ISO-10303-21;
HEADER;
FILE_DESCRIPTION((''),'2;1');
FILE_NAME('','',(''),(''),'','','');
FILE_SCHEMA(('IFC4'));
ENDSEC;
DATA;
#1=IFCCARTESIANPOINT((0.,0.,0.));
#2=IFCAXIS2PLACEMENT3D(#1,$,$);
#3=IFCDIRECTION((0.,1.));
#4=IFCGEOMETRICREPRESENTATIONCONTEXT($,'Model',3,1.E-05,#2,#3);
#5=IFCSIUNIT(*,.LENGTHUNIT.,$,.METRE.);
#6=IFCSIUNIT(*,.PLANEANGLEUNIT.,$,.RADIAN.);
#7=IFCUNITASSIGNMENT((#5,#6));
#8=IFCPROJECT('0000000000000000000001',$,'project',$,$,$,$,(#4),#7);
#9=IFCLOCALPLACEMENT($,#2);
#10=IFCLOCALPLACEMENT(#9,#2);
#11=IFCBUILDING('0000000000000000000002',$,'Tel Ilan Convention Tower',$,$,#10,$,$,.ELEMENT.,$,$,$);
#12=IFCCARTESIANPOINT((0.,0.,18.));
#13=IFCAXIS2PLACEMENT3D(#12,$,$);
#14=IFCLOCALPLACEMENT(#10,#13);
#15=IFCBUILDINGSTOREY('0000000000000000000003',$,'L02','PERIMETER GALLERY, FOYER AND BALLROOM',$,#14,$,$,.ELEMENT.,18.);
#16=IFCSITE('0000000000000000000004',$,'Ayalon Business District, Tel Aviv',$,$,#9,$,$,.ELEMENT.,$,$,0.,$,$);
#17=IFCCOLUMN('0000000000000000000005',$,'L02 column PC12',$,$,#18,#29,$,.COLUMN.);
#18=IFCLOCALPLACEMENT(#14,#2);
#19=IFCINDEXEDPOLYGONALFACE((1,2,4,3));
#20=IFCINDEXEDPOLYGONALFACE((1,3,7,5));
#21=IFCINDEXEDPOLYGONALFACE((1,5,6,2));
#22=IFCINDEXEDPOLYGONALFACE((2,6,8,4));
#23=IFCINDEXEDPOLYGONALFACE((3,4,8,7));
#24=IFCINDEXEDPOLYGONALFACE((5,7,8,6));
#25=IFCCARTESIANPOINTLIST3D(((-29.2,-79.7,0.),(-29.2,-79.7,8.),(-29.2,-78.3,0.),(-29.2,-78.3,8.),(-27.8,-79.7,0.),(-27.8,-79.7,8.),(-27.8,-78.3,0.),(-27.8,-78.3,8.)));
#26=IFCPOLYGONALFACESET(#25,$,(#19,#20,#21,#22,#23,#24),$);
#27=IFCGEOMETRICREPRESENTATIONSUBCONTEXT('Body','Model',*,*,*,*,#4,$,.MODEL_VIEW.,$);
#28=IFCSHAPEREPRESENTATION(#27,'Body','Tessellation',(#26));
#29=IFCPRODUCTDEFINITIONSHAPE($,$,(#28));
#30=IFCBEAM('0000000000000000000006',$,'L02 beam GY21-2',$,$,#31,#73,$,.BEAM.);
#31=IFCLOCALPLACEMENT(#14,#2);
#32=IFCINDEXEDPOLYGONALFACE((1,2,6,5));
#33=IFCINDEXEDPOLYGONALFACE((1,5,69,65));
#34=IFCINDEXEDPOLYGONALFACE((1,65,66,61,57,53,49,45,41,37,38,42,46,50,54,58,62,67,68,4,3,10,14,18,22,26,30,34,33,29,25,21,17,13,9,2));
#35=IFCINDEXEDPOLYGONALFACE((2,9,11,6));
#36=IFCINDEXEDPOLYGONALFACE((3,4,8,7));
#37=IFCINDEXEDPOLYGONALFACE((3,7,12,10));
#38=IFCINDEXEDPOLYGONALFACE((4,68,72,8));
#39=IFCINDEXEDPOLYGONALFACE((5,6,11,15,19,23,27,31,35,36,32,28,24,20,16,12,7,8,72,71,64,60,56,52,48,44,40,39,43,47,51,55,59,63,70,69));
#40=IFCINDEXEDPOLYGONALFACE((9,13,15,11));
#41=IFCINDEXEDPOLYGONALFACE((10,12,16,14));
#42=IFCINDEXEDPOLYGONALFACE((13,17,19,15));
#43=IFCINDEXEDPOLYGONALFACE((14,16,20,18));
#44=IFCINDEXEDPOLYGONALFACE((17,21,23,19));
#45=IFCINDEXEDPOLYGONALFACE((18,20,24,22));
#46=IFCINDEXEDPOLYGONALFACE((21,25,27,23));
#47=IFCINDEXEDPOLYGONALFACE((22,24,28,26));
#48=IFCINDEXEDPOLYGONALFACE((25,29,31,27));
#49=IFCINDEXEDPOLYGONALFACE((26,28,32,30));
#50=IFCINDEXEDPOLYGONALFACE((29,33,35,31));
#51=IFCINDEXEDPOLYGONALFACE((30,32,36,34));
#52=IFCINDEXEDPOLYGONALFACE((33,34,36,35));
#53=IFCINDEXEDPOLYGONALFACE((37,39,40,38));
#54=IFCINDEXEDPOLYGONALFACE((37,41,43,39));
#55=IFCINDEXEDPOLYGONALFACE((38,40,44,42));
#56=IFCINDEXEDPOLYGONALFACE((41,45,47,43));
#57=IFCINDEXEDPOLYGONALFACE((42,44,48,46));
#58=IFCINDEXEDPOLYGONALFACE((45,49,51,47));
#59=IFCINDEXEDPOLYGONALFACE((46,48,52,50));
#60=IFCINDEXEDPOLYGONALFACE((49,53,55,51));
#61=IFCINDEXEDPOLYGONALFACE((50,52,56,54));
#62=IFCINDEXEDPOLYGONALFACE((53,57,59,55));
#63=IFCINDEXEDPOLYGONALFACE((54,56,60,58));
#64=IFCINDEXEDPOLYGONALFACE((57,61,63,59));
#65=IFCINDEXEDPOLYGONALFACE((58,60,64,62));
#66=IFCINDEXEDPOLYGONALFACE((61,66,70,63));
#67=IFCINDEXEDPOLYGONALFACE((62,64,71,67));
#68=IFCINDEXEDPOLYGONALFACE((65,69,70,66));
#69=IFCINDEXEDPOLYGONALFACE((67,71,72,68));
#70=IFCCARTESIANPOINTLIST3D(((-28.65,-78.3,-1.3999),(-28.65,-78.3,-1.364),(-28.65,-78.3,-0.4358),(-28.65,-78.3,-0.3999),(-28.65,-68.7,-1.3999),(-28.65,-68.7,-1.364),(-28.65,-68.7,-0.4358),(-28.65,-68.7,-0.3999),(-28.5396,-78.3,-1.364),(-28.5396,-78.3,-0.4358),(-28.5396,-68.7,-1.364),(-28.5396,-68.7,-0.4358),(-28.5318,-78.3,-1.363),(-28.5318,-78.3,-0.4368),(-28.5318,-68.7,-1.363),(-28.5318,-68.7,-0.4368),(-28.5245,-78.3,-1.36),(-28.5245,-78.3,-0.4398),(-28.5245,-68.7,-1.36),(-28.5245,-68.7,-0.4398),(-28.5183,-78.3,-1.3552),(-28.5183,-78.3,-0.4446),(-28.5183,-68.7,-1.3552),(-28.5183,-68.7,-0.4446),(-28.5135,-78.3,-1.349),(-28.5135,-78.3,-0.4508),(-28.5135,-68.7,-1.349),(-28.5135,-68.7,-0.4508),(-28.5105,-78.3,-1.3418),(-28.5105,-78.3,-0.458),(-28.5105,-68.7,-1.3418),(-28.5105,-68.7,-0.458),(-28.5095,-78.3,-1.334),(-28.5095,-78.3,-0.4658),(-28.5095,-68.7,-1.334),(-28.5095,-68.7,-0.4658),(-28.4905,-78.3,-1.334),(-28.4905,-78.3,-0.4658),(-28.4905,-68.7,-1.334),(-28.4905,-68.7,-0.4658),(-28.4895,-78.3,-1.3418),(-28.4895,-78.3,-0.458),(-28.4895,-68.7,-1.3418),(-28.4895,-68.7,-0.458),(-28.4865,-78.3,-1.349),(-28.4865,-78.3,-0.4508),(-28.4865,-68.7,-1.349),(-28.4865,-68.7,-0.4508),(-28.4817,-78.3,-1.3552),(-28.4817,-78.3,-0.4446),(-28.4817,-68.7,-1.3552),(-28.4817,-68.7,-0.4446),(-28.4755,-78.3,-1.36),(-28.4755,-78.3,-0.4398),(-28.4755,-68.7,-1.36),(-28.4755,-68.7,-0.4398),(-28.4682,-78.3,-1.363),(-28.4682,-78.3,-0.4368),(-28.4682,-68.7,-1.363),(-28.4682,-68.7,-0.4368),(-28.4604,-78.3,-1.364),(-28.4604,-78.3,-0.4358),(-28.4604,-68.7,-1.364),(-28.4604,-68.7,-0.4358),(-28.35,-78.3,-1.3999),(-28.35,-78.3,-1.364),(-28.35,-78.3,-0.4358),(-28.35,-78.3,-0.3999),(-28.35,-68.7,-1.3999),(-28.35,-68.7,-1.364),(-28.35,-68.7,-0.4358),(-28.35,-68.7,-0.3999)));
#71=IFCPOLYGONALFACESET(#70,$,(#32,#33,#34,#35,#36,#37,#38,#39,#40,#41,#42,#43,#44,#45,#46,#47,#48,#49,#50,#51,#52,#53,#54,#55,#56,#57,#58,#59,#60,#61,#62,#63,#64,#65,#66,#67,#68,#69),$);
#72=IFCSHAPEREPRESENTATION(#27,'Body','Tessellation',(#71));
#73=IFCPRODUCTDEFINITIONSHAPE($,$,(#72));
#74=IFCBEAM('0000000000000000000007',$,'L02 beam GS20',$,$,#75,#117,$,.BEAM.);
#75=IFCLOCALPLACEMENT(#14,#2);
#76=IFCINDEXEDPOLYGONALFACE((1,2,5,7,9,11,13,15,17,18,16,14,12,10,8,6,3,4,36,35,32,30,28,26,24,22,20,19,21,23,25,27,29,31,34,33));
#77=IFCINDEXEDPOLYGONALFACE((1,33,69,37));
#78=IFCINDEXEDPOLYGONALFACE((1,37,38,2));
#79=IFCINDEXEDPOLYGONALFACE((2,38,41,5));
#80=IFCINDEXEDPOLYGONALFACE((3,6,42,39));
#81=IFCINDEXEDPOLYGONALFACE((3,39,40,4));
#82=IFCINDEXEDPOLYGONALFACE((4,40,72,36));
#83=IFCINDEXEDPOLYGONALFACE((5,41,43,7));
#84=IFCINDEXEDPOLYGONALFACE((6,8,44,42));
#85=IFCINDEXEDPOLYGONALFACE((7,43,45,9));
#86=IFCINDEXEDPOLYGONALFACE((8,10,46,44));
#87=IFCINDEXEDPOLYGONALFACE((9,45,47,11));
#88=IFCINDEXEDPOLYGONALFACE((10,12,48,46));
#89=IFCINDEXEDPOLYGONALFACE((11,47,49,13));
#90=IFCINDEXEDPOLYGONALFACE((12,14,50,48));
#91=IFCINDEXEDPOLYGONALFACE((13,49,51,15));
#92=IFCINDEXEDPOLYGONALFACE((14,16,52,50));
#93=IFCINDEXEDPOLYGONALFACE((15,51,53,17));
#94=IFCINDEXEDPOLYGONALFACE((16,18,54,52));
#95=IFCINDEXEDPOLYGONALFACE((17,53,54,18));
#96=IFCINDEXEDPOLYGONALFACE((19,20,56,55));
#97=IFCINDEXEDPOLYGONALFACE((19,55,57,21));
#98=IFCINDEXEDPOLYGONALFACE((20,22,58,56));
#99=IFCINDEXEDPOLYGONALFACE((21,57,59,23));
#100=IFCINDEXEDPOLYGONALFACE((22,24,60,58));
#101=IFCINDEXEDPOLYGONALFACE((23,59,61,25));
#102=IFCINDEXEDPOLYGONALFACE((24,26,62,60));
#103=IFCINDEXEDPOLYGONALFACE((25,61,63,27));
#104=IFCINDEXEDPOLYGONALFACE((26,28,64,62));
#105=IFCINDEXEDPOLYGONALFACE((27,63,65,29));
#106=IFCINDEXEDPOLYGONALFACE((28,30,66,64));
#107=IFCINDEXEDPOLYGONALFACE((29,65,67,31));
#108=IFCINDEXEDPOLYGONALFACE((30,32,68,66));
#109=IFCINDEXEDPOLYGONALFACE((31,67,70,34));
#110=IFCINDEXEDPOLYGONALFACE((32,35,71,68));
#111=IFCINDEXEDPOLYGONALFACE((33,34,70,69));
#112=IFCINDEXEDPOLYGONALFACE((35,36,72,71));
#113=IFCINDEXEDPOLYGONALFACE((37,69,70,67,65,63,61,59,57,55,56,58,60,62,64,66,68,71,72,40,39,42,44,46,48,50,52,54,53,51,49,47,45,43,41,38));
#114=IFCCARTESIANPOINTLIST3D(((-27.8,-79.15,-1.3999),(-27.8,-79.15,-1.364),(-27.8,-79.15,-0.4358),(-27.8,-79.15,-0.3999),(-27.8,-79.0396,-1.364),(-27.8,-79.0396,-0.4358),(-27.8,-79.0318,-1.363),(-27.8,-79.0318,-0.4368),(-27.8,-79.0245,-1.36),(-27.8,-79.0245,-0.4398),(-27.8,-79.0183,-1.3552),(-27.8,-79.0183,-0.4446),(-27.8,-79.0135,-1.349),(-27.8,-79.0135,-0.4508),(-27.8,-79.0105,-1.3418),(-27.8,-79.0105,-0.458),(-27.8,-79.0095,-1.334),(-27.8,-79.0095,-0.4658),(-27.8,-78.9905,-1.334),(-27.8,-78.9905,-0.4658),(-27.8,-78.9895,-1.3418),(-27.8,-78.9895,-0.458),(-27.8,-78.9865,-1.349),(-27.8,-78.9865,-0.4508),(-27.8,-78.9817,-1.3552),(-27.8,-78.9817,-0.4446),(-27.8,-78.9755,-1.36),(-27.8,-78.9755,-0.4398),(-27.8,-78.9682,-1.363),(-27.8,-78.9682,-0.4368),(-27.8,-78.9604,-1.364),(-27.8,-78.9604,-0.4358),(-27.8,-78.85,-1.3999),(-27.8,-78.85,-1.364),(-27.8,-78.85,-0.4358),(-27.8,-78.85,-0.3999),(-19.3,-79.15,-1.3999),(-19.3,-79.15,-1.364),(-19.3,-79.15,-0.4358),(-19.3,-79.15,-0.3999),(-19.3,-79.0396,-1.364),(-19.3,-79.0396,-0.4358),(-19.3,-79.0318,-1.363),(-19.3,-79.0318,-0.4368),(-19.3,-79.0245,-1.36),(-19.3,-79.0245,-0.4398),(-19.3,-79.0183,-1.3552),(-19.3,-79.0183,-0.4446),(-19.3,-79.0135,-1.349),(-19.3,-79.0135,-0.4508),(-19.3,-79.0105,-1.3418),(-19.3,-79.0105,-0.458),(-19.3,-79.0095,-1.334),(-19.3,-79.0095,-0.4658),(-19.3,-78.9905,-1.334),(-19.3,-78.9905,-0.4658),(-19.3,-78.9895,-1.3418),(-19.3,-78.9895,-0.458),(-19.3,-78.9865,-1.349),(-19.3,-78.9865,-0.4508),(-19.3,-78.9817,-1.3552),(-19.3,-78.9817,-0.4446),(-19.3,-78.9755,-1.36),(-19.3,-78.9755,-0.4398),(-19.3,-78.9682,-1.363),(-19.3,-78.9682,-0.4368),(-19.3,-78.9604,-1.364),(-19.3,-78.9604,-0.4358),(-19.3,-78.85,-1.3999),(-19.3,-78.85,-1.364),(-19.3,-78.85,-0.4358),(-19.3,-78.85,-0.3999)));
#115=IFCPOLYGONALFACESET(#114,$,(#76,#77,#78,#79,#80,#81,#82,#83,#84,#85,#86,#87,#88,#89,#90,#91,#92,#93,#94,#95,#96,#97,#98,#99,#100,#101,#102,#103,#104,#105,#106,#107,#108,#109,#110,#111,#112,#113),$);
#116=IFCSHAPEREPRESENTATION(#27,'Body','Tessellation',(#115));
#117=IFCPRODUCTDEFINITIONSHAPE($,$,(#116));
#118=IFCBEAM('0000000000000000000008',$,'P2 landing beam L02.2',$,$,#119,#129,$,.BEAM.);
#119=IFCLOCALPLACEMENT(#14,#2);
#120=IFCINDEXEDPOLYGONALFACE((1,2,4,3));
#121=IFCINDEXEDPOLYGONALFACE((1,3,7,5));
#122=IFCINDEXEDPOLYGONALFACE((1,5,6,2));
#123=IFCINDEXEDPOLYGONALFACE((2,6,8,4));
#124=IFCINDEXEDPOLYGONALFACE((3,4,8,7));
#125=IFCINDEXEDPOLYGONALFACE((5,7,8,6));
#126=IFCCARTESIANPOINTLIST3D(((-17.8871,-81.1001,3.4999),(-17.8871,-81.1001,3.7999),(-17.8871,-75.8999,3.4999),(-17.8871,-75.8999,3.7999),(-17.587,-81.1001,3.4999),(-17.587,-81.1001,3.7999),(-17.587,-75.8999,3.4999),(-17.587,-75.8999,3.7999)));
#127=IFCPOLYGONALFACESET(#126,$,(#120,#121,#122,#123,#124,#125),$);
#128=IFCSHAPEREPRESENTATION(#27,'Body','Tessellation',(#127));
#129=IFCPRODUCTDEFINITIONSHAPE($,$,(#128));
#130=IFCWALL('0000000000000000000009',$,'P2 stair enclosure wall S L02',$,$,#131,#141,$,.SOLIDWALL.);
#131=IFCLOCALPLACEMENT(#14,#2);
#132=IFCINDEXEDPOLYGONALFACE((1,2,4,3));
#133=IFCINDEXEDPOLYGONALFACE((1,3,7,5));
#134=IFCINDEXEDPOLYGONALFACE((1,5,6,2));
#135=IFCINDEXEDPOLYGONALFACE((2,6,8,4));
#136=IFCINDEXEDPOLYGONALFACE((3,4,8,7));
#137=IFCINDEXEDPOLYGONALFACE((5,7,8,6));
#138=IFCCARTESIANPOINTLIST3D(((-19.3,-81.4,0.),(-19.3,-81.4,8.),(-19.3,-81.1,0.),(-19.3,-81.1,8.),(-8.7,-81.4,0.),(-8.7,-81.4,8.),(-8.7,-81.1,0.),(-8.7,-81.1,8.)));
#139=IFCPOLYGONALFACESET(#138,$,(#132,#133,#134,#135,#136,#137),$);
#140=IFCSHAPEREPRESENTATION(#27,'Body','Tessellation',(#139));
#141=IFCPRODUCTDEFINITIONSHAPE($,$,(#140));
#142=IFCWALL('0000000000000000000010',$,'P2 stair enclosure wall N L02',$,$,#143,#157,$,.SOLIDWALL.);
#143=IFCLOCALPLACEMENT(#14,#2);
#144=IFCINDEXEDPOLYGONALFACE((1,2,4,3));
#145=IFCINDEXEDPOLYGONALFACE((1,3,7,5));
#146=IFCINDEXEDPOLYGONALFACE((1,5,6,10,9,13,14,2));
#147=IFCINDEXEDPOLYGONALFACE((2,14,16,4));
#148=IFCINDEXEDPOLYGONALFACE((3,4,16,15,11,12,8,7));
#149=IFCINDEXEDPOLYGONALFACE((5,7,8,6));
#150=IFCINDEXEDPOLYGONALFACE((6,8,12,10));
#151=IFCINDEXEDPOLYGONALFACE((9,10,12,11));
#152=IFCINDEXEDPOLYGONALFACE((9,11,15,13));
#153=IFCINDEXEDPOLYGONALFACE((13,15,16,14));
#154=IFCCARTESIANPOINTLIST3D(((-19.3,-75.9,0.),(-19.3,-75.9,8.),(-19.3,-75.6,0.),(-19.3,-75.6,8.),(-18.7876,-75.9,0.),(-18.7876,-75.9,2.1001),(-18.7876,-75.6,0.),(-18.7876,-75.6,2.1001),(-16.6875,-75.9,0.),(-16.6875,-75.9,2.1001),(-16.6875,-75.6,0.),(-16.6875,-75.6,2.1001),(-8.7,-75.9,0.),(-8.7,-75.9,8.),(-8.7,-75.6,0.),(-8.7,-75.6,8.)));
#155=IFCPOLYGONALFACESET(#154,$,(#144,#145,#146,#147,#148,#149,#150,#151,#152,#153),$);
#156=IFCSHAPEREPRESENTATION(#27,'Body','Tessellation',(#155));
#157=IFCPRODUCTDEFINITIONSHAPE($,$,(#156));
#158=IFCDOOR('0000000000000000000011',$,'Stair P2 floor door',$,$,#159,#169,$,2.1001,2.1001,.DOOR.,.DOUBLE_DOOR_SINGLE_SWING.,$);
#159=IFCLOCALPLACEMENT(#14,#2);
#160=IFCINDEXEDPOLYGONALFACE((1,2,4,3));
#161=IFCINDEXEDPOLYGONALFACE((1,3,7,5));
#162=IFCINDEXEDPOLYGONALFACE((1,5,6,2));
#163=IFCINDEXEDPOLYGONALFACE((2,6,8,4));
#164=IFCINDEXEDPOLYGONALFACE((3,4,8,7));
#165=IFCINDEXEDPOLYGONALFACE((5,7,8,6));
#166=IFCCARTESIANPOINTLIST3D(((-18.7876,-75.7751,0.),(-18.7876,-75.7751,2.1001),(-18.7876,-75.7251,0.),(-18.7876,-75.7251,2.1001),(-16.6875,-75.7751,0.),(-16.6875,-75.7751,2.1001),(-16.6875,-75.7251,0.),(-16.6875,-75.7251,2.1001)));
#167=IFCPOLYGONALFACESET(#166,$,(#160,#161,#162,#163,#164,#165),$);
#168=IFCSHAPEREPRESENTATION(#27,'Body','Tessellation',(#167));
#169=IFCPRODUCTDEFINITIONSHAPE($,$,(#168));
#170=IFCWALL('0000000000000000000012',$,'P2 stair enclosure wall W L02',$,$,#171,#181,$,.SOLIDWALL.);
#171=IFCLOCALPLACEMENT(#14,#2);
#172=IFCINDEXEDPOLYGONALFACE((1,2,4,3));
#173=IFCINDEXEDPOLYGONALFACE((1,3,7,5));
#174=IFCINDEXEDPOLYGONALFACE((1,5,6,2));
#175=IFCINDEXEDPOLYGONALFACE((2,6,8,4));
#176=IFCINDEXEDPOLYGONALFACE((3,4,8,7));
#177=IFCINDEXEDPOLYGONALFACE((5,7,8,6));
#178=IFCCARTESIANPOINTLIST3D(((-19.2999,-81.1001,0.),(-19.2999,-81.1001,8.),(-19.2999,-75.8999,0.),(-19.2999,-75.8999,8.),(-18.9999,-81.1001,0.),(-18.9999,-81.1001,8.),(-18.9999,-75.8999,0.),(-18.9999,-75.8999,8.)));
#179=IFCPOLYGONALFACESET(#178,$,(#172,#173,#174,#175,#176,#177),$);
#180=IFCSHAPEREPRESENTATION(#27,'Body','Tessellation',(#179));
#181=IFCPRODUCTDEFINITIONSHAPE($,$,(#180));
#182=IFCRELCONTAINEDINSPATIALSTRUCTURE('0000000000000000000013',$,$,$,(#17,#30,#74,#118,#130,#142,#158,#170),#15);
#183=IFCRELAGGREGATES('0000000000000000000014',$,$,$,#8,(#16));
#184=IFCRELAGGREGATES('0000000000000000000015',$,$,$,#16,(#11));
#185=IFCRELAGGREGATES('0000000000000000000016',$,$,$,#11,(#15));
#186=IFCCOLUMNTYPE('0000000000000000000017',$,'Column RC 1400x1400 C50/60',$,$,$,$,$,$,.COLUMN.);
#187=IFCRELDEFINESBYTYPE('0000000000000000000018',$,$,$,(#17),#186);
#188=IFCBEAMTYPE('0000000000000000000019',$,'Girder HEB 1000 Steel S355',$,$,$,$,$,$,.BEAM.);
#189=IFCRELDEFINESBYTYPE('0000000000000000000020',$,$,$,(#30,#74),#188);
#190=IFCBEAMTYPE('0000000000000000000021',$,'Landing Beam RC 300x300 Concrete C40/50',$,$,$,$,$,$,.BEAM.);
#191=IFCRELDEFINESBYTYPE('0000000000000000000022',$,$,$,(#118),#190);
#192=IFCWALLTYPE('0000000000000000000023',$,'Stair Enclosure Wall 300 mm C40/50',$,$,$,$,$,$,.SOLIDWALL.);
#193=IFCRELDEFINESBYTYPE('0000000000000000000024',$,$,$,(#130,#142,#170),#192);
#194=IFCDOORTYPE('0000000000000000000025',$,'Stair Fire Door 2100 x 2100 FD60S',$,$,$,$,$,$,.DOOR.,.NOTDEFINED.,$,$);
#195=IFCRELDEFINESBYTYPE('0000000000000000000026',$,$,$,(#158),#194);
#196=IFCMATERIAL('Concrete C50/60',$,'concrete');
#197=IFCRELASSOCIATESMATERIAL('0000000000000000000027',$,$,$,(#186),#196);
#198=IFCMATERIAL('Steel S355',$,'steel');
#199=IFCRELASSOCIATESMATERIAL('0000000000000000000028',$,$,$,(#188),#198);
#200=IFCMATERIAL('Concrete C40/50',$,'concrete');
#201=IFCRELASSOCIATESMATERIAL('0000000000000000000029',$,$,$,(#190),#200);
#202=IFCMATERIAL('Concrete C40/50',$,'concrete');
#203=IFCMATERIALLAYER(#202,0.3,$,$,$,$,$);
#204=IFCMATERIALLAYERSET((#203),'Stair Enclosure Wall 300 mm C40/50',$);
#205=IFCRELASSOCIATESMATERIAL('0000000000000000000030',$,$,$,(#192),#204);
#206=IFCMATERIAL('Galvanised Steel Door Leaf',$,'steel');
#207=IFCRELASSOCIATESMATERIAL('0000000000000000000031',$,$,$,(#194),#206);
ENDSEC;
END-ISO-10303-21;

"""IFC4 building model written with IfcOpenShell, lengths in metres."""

from ifc_helpers import new_model, si_unit, direction, frame, frame_2d, origin, origin_2d, place, context, subcontext, project, spatial, rectangle, i_section, extrude, material, layer, layer_set, material_profile, profile_set, type_object, element, fill, save


model = new_model("IFC4")

# Units and contexts
model_context = context("Model", 3, precision=1e-05, world=origin(), true_north=direction((0.0, 1.0)))
body_context = subcontext(model_context, "Body", "Model", "MODEL_VIEW")
ifc_project = project(units=[si_unit("LENGTHUNIT", "METRE"), si_unit("PLANEANGLEUNIT", "RADIAN")], contexts=[model_context])

# Site, building, storey
site_placement = place(None, origin())
site = spatial("IfcSite", under=ifc_project, at=site_placement, Name="Ayalon Business District, Tel Aviv", CompositionType="ELEMENT", RefElevation=0.0)
building_placement = place(site_placement, origin())
building = spatial("IfcBuilding", under=site, at=building_placement, Name="Tel Ilan Convention Tower", CompositionType="ELEMENT")
storey_placement = place(building_placement, frame((0.0, 0.0, 18.0)))
storey = spatial("IfcBuildingStorey", under=building, at=storey_placement, Name="L02", Description="PERIMETER GALLERY, FOYER AND BALLROOM", CompositionType="ELEMENT", Elevation=18.0)

# Column
ifc_material_1 = material(Name="Concrete C50/60", Category="concrete")
ifc_material_profile_1 = material_profile(ifc_material_1, rectangle(XDim=1.3999, YDim=1.3999, at=origin_2d()), Name="RC 1400x1400")
ifc_profile_set_1 = profile_set([ifc_material_profile_1], Name="Concrete C50/60")
column_type = type_object("IfcColumnType", Name="Column RC 1400x1400 C50/60", PredefinedType="COLUMN", material=ifc_profile_set_1)
column_placement = place(storey_placement, frame((-28.5, -79.0, 0.0), z_axis=(0.0, 0.0, 1.0), x_axis=(1.0, 0.0, 0.0)))
element("IfcColumn", 1, at=column_placement, inside=storey, type_object=column_type, Name="L02 column PC12", PredefinedType="COLUMN", context=body_context, shape_type="SweptSolid", body=[
    extrude(rectangle(XDim=1.3999, YDim=1.3999, at=origin_2d()), origin(), (0.0, 0.0, 1.0), 8.0),
])

# Beams
ifc_material_2 = material(Name="Steel S355", Category="steel")
ifc_material_profile_2 = material_profile(ifc_material_2, i_section(OverallWidth=0.3, OverallDepth=1.0, WebThickness=0.019, FlangeThickness=0.0359, FilletRadius=0.03, at=origin_2d()), Name="HEB 1000")
ifc_profile_set_2 = profile_set([ifc_material_profile_2], Name="Steel S355")
beam_type_1 = type_object("IfcBeamType", Name="Girder HEB 1000 Steel S355", PredefinedType="BEAM", material=ifc_profile_set_2)
beam_1_placement = place(storey_placement, frame((-28.5, -78.3, -0.8999), z_axis=(0.0, 1.0, 0.0), x_axis=(-1.0, 0.0, 0.0)))
element("IfcBeam", 2, at=beam_1_placement, inside=storey, type_object=beam_type_1, Name="L02 beam GY21-2", PredefinedType="BEAM", context=body_context, shape_type="SweptSolid", body=[
    extrude(i_section(OverallWidth=0.3, OverallDepth=1.0, WebThickness=0.019, FlangeThickness=0.0359, FilletRadius=0.03, at=origin_2d()), origin(), (0.0, 0.0, 1.0), 9.6001),
])
beam_2_placement = place(storey_placement, frame((-27.8, -79.0, -0.8999), z_axis=(1.0, 0.0, 0.0), x_axis=(0.0, 1.0, 0.0)))
element("IfcBeam", 3, at=beam_2_placement, inside=storey, type_object=beam_type_1, Name="L02 beam GS20", PredefinedType="BEAM", context=body_context, shape_type="SweptSolid", body=[
    extrude(i_section(OverallWidth=0.3, OverallDepth=1.0, WebThickness=0.019, FlangeThickness=0.0359, FilletRadius=0.03, at=origin_2d()), origin(), (0.0, 0.0, 1.0), 8.5),
])
ifc_material_3 = material(Name="Concrete C40/50", Category="concrete")
ifc_material_profile_3 = material_profile(ifc_material_3, rectangle(XDim=0.3, YDim=0.3, at=origin_2d()), Name="RC 300x300")
ifc_profile_set_3 = profile_set([ifc_material_profile_3], Name="Concrete C40/50")
beam_type_2 = type_object("IfcBeamType", Name="Landing Beam RC 300x300 Concrete C40/50", PredefinedType="BEAM", material=ifc_profile_set_3)
beam_3_placement = place(storey_placement, frame((-17.7371, -81.1001, 3.6499), z_axis=(0.0, 1.0, 0.0), x_axis=(-1.0, 0.0, 0.0)))
element("IfcBeam", 4, at=beam_3_placement, inside=storey, type_object=beam_type_2, Name="P2 landing beam L02.2", PredefinedType="BEAM", context=body_context, shape_type="SweptSolid", body=[
    extrude(rectangle(XDim=0.3, YDim=0.3, at=origin_2d()), origin(), (0.0, 0.0, 1.0), 5.2002),
])

# Wall
ifc_material_4 = material(Name="Concrete C40/50", Category="concrete")
ifc_layer = layer(ifc_material_4, 0.3)
ifc_layer_set = layer_set([ifc_layer], Name="Stair Enclosure Wall 300 mm C40/50")
wall_type = type_object("IfcWallType", Name="Stair Enclosure Wall 300 mm C40/50", PredefinedType="SOLIDWALL", material=ifc_layer_set)
wall_1_placement = place(storey_placement, frame((-19.3, -81.25, 0.0), z_axis=(0.0, 0.0, 1.0), x_axis=(1.0, 0.0, 0.0)))
element("IfcWall", 5, at=wall_1_placement, inside=storey, type_object=wall_type, Name="P2 stair enclosure wall S L02", PredefinedType="SOLIDWALL", context=body_context, shape_type="SweptSolid", body=[
    extrude(rectangle(XDim=10.6001, YDim=0.3, at=frame_2d((5.3, 0.0))), origin(), (0.0, 0.0, 1.0), 8.0),
])

# Wall, opening, door
wall_2_placement = place(storey_placement, frame((-19.3, -75.75, 0.0), z_axis=(0.0, 0.0, 1.0), x_axis=(1.0, 0.0, 0.0)))
wall_2 = element("IfcWall", 6, at=wall_2_placement, inside=storey, type_object=wall_type, Name="P2 stair enclosure wall N L02", PredefinedType="SOLIDWALL", context=body_context, shape_type="SweptSolid", body=[
    extrude(rectangle(XDim=10.6001, YDim=0.3, at=frame_2d((5.3, 0.0))), origin(), (0.0, 0.0, 1.0), 8.0),
])
opening_placement = place(wall_2_placement, frame((0.5125, 0.0, 0.0)))
opening = element("IfcOpeningElement", 7, at=opening_placement, cuts=wall_2, PredefinedType="OPENING", context=body_context, shape_type="SweptSolid", body=[
    extrude(rectangle(XDim=2.1001, YDim=2.1001, at=frame_2d((1.05, 1.05))), frame((0.0, 0.1599, 0.0), z_axis=(0.0, -1.0, 0.0), x_axis=(1.0, 0.0, 0.0)), (0.0, 0.0, 1.0), 0.3201),
])
ifc_material_5 = material(Name="Galvanised Steel Door Leaf", Category="steel")
door_type = type_object("IfcDoorType", Name="Stair Fire Door 2100 x 2100 FD60S", OperationType="NOTDEFINED", PredefinedType="DOOR", material=ifc_material_5)
door_placement = place(opening_placement, origin())
door = element("IfcDoor", 8, at=door_placement, inside=storey, type_object=door_type, Name="Stair P2 floor door", OperationType="DOUBLE_DOOR_SINGLE_SWING", OverallHeight=2.1001, OverallWidth=2.1001, PredefinedType="DOOR", context=body_context, shape_type="SweptSolid", body=[
    extrude(rectangle(XDim=2.1001, YDim=2.1001, at=frame_2d((1.05, 1.05))), frame((0.0, 0.0249, 0.0), z_axis=(0.0, -1.0, 0.0), x_axis=(1.0, 0.0, 0.0)), (0.0, 0.0, 1.0), 0.05),
])
fill(opening, door)

# Wall
wall_3_placement = place(storey_placement, frame((-19.1499, -81.1001, 0.0), z_axis=(0.0, 0.0, 1.0), x_axis=(0.0, 1.0, 0.0)))
element("IfcWall", 9, at=wall_3_placement, inside=storey, type_object=wall_type, Name="P2 stair enclosure wall W L02", PredefinedType="SOLIDWALL", context=body_context, shape_type="SweptSolid", body=[
    extrude(rectangle(XDim=5.2002, YDim=0.3, at=frame_2d((2.6001, 0.0))), origin(), (0.0, 0.0, 1.0), 8.0),
])

save(model, "model.ifc")
